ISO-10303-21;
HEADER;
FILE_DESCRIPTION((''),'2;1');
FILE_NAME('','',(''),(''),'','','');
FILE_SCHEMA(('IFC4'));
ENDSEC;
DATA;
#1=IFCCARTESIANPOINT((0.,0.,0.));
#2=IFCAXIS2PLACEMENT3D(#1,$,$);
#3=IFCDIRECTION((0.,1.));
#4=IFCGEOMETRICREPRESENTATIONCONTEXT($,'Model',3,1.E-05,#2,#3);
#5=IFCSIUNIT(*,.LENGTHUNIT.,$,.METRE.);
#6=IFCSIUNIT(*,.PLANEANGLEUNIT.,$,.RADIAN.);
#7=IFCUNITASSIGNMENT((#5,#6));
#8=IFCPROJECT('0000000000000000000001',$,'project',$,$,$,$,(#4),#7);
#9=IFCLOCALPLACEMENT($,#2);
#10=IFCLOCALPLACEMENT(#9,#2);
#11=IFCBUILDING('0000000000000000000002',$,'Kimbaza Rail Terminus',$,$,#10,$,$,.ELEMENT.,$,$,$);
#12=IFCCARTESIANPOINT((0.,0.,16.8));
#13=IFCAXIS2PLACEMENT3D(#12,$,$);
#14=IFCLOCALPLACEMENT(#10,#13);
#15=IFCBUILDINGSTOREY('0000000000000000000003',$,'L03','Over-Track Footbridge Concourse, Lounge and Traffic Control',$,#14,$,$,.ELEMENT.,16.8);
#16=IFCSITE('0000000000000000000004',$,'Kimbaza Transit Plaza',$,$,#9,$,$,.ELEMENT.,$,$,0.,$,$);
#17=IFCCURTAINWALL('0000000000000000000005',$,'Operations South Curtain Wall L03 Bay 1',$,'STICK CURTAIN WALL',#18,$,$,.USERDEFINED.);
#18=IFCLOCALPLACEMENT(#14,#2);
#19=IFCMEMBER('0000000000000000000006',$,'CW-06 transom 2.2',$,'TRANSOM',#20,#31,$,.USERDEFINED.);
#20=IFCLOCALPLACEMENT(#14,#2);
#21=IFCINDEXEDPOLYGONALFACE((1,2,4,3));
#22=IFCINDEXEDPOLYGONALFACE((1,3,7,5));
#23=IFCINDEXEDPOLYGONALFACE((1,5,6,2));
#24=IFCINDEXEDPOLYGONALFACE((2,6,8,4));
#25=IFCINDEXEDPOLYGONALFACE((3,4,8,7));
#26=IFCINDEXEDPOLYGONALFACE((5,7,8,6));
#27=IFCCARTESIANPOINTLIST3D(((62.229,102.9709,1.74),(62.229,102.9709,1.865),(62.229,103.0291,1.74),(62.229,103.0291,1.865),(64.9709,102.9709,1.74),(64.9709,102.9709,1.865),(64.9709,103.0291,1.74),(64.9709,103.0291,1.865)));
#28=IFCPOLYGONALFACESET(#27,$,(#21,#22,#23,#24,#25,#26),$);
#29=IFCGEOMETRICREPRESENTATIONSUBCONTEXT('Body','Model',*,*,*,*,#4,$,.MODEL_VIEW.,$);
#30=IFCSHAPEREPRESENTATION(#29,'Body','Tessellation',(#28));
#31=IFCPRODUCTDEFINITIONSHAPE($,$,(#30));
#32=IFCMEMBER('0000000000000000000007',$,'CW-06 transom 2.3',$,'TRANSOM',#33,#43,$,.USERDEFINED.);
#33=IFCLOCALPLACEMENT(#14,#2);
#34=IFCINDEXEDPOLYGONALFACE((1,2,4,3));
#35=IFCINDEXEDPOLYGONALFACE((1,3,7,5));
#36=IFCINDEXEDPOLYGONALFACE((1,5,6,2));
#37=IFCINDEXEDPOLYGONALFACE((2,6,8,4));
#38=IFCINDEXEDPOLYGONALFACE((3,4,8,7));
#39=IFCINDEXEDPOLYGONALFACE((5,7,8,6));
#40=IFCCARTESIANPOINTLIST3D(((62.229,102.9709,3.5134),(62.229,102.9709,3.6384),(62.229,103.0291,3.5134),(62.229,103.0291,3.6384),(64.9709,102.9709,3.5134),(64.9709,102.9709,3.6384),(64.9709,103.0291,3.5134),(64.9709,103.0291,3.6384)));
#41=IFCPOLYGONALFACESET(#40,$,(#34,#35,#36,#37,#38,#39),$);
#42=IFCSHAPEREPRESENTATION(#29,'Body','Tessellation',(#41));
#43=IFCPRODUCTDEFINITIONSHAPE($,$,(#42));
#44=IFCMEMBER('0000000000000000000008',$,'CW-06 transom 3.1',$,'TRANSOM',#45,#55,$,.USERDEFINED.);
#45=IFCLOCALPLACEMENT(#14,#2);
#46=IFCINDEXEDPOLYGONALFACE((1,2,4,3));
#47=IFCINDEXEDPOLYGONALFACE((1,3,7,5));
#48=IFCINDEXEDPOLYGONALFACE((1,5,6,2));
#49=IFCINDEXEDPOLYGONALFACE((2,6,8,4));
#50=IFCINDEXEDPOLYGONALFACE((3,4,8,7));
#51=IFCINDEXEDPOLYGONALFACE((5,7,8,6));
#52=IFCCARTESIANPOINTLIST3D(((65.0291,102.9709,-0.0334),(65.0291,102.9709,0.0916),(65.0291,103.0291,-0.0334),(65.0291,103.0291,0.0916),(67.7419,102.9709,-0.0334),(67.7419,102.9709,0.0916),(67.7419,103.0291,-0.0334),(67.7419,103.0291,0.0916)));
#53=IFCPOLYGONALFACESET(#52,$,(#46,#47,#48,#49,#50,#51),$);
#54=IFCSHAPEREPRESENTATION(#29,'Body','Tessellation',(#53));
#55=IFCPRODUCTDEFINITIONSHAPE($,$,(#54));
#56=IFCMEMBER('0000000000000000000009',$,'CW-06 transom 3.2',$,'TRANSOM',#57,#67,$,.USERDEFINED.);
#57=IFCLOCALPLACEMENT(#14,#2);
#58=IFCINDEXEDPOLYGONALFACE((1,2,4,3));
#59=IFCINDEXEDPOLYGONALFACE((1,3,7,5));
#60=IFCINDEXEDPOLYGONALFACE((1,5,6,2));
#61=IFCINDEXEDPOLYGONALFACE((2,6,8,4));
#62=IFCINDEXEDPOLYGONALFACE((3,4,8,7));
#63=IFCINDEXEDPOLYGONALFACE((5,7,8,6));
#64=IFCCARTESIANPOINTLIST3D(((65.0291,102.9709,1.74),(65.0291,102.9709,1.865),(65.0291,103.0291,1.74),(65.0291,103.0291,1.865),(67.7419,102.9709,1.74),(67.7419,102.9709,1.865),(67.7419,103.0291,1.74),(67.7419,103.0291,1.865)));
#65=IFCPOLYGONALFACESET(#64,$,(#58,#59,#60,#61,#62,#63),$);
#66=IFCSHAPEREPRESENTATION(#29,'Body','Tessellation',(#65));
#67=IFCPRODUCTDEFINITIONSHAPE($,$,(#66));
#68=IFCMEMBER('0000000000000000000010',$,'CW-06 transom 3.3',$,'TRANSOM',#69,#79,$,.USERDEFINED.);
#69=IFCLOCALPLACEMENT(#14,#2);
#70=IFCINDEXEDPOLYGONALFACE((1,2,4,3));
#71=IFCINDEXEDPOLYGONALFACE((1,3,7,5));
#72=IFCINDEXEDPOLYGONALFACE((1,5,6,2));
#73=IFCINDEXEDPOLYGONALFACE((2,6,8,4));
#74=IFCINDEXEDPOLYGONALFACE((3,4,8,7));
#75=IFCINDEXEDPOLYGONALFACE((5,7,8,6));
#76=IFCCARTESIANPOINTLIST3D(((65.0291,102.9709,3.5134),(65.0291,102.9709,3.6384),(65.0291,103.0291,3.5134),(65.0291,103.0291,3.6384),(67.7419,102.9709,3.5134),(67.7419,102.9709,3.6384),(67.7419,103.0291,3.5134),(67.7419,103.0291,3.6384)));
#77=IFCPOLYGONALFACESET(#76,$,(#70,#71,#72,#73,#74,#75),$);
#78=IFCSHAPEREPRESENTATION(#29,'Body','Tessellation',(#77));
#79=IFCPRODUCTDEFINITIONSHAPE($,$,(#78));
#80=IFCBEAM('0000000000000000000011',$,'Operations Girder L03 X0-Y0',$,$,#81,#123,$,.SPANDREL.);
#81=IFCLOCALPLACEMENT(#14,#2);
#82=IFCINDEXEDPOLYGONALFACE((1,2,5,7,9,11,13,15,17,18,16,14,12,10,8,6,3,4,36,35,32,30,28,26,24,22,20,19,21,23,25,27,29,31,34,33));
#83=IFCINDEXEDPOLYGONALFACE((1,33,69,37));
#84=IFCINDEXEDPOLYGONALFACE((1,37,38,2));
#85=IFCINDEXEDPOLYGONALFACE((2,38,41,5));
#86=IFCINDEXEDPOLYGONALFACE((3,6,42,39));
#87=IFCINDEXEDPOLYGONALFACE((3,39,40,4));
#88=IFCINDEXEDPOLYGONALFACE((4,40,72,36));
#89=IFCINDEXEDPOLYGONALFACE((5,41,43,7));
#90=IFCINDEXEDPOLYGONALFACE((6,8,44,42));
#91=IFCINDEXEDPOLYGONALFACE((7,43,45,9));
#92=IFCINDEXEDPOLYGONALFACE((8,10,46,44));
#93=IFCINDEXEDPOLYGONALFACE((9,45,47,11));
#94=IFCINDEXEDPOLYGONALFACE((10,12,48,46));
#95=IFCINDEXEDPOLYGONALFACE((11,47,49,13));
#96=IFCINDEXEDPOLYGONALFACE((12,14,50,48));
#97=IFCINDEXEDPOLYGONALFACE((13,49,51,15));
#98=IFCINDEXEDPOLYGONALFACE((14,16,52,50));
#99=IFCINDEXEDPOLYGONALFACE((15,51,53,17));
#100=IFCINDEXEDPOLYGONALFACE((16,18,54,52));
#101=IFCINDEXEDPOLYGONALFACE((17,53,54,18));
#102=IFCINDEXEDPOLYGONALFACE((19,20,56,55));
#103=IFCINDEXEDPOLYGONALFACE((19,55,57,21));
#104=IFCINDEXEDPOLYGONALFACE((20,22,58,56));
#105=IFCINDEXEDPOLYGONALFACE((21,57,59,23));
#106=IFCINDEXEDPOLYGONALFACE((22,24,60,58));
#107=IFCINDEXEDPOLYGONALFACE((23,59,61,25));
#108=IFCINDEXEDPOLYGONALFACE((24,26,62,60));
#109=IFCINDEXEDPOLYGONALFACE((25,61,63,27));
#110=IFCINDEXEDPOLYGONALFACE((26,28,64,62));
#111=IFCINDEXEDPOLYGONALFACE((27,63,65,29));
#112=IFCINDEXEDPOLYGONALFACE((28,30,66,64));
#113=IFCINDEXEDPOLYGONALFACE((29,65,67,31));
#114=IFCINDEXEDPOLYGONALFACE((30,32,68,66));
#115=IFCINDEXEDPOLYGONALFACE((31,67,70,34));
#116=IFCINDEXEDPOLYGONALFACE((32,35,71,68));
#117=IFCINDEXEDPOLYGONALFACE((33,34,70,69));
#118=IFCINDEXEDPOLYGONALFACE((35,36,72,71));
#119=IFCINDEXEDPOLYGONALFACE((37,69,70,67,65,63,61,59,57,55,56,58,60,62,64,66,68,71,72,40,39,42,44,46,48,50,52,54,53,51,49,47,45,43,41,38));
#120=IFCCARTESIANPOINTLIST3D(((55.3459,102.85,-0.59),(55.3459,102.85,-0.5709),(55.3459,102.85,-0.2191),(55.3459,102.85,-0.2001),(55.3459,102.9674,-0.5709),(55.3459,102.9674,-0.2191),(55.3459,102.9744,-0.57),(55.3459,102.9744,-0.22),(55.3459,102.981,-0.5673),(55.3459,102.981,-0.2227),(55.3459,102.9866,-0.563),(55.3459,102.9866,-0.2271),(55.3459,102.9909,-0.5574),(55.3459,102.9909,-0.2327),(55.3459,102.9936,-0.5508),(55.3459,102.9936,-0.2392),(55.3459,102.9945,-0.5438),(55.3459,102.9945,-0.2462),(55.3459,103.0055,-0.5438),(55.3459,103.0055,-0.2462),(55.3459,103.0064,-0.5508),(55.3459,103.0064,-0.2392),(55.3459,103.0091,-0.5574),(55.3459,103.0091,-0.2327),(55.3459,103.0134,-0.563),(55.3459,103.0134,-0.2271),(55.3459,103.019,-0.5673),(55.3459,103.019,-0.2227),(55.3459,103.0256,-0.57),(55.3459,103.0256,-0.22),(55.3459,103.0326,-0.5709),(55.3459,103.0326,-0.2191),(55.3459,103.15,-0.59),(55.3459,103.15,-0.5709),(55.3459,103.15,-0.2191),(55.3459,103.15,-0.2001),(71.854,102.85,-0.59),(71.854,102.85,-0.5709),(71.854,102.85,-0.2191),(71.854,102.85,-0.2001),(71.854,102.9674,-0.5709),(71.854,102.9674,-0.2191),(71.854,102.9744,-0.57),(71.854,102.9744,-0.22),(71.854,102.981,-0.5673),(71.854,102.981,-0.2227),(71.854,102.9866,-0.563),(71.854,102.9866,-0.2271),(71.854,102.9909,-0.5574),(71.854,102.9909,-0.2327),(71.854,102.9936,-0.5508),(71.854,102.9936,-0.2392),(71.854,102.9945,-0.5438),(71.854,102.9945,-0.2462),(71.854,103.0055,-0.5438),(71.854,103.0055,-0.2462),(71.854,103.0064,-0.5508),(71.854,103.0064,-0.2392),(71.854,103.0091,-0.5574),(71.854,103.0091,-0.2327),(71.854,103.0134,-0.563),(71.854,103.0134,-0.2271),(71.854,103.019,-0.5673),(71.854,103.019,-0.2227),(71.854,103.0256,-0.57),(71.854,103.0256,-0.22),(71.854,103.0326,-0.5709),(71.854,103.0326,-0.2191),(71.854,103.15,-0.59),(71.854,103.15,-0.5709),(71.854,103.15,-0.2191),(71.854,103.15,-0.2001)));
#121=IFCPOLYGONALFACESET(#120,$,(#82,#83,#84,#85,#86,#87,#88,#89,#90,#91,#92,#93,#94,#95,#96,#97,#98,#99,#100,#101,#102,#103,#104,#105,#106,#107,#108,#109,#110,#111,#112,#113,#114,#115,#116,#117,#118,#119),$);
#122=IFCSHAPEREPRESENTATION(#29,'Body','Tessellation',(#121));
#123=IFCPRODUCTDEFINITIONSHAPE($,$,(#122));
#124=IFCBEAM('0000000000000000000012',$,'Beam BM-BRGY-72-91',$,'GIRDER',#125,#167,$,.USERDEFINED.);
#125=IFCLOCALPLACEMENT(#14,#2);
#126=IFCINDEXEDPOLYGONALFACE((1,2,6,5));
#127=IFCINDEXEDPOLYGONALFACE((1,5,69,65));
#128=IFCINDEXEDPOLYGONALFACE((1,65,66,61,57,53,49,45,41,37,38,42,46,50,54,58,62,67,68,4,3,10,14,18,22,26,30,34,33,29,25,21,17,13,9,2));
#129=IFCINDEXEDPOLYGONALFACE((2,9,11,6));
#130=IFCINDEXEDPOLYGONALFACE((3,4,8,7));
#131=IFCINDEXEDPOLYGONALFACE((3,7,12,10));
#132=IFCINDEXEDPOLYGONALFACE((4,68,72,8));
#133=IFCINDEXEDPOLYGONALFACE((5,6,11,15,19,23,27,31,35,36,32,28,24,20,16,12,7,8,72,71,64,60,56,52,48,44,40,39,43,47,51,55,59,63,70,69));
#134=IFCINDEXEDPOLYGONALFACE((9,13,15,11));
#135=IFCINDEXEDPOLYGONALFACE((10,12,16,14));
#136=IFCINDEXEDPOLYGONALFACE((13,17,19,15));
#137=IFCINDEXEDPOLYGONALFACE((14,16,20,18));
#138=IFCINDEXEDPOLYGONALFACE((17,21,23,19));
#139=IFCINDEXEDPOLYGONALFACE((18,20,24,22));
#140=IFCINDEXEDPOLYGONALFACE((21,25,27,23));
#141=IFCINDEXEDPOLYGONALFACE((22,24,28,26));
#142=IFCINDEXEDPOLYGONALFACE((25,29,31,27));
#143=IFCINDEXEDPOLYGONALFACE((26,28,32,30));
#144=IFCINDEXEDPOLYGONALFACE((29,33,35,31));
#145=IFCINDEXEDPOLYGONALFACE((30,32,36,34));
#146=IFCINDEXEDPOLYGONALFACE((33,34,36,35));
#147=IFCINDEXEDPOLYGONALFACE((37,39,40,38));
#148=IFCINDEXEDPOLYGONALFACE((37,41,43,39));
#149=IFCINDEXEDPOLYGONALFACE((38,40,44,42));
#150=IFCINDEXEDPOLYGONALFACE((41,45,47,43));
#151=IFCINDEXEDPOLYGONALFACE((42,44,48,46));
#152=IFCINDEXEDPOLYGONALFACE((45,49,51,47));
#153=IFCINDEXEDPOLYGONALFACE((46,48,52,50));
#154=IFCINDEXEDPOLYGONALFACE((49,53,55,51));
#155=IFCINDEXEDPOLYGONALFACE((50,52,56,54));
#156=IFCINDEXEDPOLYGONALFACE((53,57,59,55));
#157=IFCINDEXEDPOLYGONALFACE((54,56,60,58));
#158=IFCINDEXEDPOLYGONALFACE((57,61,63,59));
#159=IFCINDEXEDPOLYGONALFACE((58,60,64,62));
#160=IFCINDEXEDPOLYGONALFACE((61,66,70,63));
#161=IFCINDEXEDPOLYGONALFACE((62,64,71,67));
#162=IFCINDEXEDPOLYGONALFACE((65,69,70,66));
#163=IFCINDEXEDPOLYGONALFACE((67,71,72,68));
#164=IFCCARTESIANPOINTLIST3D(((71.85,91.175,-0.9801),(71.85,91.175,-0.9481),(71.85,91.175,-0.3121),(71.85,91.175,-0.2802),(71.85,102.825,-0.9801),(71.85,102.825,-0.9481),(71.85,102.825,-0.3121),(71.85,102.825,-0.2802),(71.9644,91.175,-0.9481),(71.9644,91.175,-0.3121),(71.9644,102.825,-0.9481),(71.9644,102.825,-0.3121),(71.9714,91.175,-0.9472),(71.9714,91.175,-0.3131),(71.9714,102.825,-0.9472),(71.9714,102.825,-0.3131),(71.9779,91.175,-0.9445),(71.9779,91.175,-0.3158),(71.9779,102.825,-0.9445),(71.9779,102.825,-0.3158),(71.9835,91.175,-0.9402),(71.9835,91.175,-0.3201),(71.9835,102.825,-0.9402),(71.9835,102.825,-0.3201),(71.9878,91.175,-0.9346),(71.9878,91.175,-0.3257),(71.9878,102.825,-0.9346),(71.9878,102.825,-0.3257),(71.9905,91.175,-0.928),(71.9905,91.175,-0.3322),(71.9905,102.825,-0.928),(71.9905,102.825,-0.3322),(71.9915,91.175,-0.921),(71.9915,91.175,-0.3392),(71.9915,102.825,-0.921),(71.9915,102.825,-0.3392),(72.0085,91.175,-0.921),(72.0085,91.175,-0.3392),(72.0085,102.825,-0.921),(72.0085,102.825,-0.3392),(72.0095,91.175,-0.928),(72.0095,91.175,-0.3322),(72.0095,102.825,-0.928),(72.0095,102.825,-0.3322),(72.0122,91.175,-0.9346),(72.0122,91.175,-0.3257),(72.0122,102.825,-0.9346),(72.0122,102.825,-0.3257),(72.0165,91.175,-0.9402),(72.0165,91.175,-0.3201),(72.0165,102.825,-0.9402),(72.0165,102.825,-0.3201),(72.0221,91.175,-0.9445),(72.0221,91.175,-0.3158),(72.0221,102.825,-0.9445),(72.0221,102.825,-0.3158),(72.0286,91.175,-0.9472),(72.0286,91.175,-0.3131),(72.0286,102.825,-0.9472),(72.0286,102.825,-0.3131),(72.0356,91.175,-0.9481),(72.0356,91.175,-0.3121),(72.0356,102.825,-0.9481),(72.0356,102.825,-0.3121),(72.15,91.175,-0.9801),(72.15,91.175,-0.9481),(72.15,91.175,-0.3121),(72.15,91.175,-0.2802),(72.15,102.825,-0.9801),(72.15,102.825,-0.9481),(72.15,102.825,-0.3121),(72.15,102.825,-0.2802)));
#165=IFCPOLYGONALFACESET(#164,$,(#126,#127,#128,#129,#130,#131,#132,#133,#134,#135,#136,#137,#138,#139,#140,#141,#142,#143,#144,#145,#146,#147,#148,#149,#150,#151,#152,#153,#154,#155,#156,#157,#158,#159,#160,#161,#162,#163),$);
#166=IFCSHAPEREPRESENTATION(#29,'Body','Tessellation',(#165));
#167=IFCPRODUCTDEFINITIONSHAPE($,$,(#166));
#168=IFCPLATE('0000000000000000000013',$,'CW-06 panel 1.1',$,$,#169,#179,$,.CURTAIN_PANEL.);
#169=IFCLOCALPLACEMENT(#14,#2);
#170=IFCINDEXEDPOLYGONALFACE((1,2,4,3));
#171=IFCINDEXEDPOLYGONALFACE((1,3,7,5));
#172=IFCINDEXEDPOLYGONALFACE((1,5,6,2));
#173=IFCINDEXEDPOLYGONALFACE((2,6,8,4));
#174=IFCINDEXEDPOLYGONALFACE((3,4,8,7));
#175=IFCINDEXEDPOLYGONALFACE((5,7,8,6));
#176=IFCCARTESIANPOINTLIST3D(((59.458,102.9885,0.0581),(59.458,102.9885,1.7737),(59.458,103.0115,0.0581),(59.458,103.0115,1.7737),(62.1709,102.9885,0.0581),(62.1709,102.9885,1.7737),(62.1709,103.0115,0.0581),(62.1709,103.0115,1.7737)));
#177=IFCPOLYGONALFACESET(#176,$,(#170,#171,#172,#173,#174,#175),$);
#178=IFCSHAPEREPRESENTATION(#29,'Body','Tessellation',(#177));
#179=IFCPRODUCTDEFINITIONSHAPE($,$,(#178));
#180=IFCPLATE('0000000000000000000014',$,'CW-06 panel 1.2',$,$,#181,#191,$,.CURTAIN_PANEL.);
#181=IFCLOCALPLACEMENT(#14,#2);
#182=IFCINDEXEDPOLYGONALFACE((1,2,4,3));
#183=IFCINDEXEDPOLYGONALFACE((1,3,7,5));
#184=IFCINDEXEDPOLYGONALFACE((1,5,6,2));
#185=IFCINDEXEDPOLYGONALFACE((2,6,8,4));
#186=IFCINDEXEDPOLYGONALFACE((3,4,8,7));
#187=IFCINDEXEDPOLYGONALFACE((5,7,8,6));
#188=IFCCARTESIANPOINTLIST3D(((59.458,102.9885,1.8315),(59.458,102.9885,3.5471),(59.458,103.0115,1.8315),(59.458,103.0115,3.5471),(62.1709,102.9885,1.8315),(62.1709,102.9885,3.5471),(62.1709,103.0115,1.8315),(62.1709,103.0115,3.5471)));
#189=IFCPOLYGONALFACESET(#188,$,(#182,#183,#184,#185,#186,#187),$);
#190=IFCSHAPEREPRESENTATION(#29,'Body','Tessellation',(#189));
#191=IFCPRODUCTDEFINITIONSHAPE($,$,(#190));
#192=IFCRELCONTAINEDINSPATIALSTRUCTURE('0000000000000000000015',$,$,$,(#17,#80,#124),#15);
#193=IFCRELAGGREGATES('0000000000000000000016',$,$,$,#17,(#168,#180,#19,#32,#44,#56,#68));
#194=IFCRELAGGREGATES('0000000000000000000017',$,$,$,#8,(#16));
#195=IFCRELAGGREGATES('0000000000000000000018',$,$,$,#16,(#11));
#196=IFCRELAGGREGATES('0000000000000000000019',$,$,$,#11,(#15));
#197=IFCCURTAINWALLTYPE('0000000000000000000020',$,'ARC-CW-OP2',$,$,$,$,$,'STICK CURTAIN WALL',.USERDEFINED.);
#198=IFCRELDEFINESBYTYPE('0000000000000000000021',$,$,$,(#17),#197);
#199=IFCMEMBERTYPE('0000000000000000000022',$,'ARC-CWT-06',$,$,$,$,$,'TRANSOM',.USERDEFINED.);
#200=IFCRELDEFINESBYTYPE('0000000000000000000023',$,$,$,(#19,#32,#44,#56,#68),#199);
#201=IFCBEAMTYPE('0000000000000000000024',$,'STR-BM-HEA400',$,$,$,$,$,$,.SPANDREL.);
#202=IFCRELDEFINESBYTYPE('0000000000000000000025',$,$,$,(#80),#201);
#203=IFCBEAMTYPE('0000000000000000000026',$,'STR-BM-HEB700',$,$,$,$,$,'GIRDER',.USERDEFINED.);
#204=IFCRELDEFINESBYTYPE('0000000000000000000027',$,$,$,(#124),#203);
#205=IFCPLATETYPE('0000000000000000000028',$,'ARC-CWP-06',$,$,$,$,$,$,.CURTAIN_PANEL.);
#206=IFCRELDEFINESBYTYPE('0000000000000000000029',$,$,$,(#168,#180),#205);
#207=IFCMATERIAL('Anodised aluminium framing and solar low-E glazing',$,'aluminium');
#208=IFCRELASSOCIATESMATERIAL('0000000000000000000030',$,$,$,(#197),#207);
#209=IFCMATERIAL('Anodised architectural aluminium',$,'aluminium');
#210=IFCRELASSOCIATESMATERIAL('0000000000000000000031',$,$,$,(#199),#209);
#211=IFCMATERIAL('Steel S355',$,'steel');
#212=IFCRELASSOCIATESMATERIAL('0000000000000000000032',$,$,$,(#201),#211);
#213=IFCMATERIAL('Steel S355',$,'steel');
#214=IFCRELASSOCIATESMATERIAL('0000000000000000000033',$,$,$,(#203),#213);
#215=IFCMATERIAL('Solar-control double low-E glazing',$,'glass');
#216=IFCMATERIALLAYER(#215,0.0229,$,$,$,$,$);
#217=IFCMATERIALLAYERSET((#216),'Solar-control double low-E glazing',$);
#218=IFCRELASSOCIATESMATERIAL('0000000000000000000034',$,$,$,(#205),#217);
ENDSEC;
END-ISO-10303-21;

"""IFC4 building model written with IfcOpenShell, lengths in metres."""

from ifc_helpers import new_model, si_unit, direction, frame, origin, origin_2d, place, context, subcontext, project, spatial, rectangle, i_section, extrude, material, layer, layer_set, material_profile, profile_set, type_object, element, aggregate, save


model = new_model("IFC4")

# Units and contexts
model_context = context("Model", 3, precision=1e-05, world=origin(), true_north=direction((0.0, 1.0)))
body_context = subcontext(model_context, "Body", "Model", "MODEL_VIEW")
ifc_project = project(units=[si_unit("LENGTHUNIT", "METRE"), si_unit("PLANEANGLEUNIT", "RADIAN")], contexts=[model_context])

# Site, building, storey
site_placement = place(None, origin())
site = spatial("IfcSite", under=ifc_project, at=site_placement, Name="Kimbaza Transit Plaza", CompositionType="ELEMENT", RefElevation=0.0)
building_placement = place(site_placement, origin())
building = spatial("IfcBuilding", under=site, at=building_placement, Name="Kimbaza Rail Terminus", CompositionType="ELEMENT")
storey_placement = place(building_placement, frame((0.0, 0.0, 16.8)))
storey = spatial("IfcBuildingStorey", under=building, at=storey_placement, Name="L03", Description="Over-Track Footbridge Concourse, Lounge and Traffic Control", CompositionType="ELEMENT", Elevation=16.8)

# Curtain wall
ifc_material_1 = material(Name="Anodised aluminium framing and solar low-E glazing", Category="aluminium")
curtain_wall_type_1 = type_object("IfcCurtainWallType", Name="ARC-CW-OP2", ElementType="STICK CURTAIN WALL", PredefinedType="USERDEFINED", material=ifc_material_1)
curtain_wall_1_placement = place(storey_placement, origin())
curtain_wall_1 = element("IfcCurtainWall", 1, at=curtain_wall_1_placement, inside=storey, type_object=curtain_wall_type_1, Name="Operations South Curtain Wall L03 Bay 1", ObjectType="STICK CURTAIN WALL", PredefinedType="USERDEFINED")

# Members
ifc_material_2 = material(Name="Anodised architectural aluminium", Category="aluminium")
ifc_material_profile_1 = material_profile(ifc_material_2, rectangle(XDim=0.0581, YDim=0.125, at=origin_2d()), Name="TRANSOM 58x125")
ifc_profile_set_1 = profile_set([ifc_material_profile_1], Name="Anodised architectural aluminium")
member_type_1 = type_object("IfcMemberType", Name="ARC-CWT-06", ElementType="TRANSOM", PredefinedType="USERDEFINED", material=ifc_profile_set_1)
member_1_placement = place(storey_placement, frame((62.229, 103.0, 1.8025), z_axis=(1.0, 0.0, 0.0), x_axis=(0.0, 1.0, 0.0)))
member_1 = element("IfcMember", 2, at=member_1_placement, type_object=member_type_1, Name="CW-06 transom 2.2", ObjectType="TRANSOM", PredefinedType="USERDEFINED", context=body_context, shape_type="SweptSolid", body=[
    extrude(rectangle(XDim=0.0581, YDim=0.125, at=origin_2d()), origin(), (0.0, 0.0, 1.0), 2.7419),
])
member_2_placement = place(storey_placement, frame((62.229, 103.0, 3.5759), z_axis=(1.0, 0.0, 0.0), x_axis=(0.0, 1.0, 0.0)))
member_2 = element("IfcMember", 3, at=member_2_placement, type_object=member_type_1, Name="CW-06 transom 2.3", ObjectType="TRANSOM", PredefinedType="USERDEFINED", context=body_context, shape_type="SweptSolid", body=[
    extrude(rectangle(XDim=0.0581, YDim=0.125, at=origin_2d()), origin(), (0.0, 0.0, 1.0), 2.7419),
])
member_3_placement = place(storey_placement, frame((65.0291, 103.0, 0.0291), z_axis=(1.0, 0.0, 0.0), x_axis=(0.0, 1.0, 0.0)))
member_3 = element("IfcMember", 4, at=member_3_placement, type_object=member_type_1, Name="CW-06 transom 3.1", ObjectType="TRANSOM", PredefinedType="USERDEFINED", context=body_context, shape_type="SweptSolid", body=[
    extrude(rectangle(XDim=0.0581, YDim=0.125, at=origin_2d()), origin(), (0.0, 0.0, 1.0), 2.7129),
])
member_4_placement = place(storey_placement, frame((65.0291, 103.0, 1.8025), z_axis=(1.0, 0.0, 0.0), x_axis=(0.0, 1.0, 0.0)))
member_4 = element("IfcMember", 5, at=member_4_placement, type_object=member_type_1, Name="CW-06 transom 3.2", ObjectType="TRANSOM", PredefinedType="USERDEFINED", context=body_context, shape_type="SweptSolid", body=[
    extrude(rectangle(XDim=0.0581, YDim=0.125, at=origin_2d()), origin(), (0.0, 0.0, 1.0), 2.7129),
])
member_5_placement = place(storey_placement, frame((65.0291, 103.0, 3.5759), z_axis=(1.0, 0.0, 0.0), x_axis=(0.0, 1.0, 0.0)))
member_5 = element("IfcMember", 6, at=member_5_placement, type_object=member_type_1, Name="CW-06 transom 3.3", ObjectType="TRANSOM", PredefinedType="USERDEFINED", context=body_context, shape_type="SweptSolid", body=[
    extrude(rectangle(XDim=0.0581, YDim=0.125, at=origin_2d()), origin(), (0.0, 0.0, 1.0), 2.7129),
])

# Beams
ifc_material_3 = material(Name="Steel S355", Category="steel")
ifc_material_profile_2 = material_profile(ifc_material_3, i_section(OverallWidth=0.3, OverallDepth=0.3899, WebThickness=0.011, FlangeThickness=0.019, FilletRadius=0.0271, at=origin_2d()), Name="HEA 400")
ifc_profile_set_2 = profile_set([ifc_material_profile_2], Name="Steel S355")
beam_type_1 = type_object("IfcBeamType", Name="STR-BM-HEA400", PredefinedType="SPANDREL", material=ifc_profile_set_2)
beam_1_placement = place(storey_placement, frame((55.3459, 103.0, -0.395), z_axis=(1.0, 0.0, 0.0), x_axis=(0.0, 1.0, 0.0)))
element("IfcBeam", 7, at=beam_1_placement, inside=storey, type_object=beam_type_1, Name="Operations Girder L03 X0-Y0", PredefinedType="SPANDREL", context=body_context, shape_type="SweptSolid", body=[
    extrude(i_section(OverallWidth=0.3, OverallDepth=0.3899, WebThickness=0.011, FlangeThickness=0.019, FilletRadius=0.0271, at=origin_2d()), origin(), (0.0, 0.0, 1.0), 16.5081),
])
ifc_material_4 = material(Name="Steel S355", Category="steel")
ifc_material_profile_3 = material_profile(ifc_material_4, i_section(OverallWidth=0.3, OverallDepth=0.7, WebThickness=0.0171, FlangeThickness=0.032, FilletRadius=0.0271, at=origin_2d()), Name="HEB 700")
ifc_profile_set_3 = profile_set([ifc_material_profile_3], Name="Steel S355")
beam_type_2 = type_object("IfcBeamType", Name="STR-BM-HEB700", ElementType="GIRDER", PredefinedType="USERDEFINED", material=ifc_profile_set_3)
beam_2_placement = place(storey_placement, frame((72.0, 91.175, -0.6301), z_axis=(0.0, 1.0, 0.0), x_axis=(-1.0, 0.0, 0.0)))
element("IfcBeam", 8, at=beam_2_placement, inside=storey, type_object=beam_type_2, Name="Beam BM-BRGY-72-91", ObjectType="GIRDER", PredefinedType="USERDEFINED", context=body_context, shape_type="SweptSolid", body=[
    extrude(i_section(OverallWidth=0.3, OverallDepth=0.7, WebThickness=0.0171, FlangeThickness=0.032, FilletRadius=0.0271, at=origin_2d()), origin(), (0.0, 0.0, 1.0), 11.6499),
])

# Plates
ifc_material_5 = material(Name="Solar-control double low-E glazing", Category="glass")
ifc_layer_1 = layer(ifc_material_5, 0.0229)
ifc_layer_set_1 = layer_set([ifc_layer_1], Name="Solar-control double low-E glazing")
plate_type = type_object("IfcPlateType", Name="ARC-CWP-06", PredefinedType="CURTAIN_PANEL", material=ifc_layer_set_1)
plate_1_placement = place(storey_placement, frame((60.8145, 103.0, 0.0581), z_axis=(0.0, 0.0, 1.0), x_axis=(1.0, 0.0, 0.0)))
plate_1 = element("IfcPlate", 9, at=plate_1_placement, type_object=plate_type, Name="CW-06 panel 1.1", PredefinedType="CURTAIN_PANEL", context=body_context, shape_type="SweptSolid", body=[
    extrude(rectangle(XDim=2.7129, YDim=0.0229, at=origin_2d()), origin(), (0.0, 0.0, 1.0), 1.7156),
])
plate_2_placement = place(storey_placement, frame((60.8145, 103.0, 1.8315), z_axis=(0.0, 0.0, 1.0), x_axis=(1.0, 0.0, 0.0)))
plate_2 = element("IfcPlate", 10, at=plate_2_placement, type_object=plate_type, Name="CW-06 panel 1.2", PredefinedType="CURTAIN_PANEL", context=body_context, shape_type="SweptSolid", body=[
    extrude(rectangle(XDim=2.7129, YDim=0.0229, at=origin_2d()), origin(), (0.0, 0.0, 1.0), 1.7156),
])
aggregate(curtain_wall_1, [plate_1, plate_2, member_1, member_2, member_3, member_4, member_5])

save(model, "model.ifc")
